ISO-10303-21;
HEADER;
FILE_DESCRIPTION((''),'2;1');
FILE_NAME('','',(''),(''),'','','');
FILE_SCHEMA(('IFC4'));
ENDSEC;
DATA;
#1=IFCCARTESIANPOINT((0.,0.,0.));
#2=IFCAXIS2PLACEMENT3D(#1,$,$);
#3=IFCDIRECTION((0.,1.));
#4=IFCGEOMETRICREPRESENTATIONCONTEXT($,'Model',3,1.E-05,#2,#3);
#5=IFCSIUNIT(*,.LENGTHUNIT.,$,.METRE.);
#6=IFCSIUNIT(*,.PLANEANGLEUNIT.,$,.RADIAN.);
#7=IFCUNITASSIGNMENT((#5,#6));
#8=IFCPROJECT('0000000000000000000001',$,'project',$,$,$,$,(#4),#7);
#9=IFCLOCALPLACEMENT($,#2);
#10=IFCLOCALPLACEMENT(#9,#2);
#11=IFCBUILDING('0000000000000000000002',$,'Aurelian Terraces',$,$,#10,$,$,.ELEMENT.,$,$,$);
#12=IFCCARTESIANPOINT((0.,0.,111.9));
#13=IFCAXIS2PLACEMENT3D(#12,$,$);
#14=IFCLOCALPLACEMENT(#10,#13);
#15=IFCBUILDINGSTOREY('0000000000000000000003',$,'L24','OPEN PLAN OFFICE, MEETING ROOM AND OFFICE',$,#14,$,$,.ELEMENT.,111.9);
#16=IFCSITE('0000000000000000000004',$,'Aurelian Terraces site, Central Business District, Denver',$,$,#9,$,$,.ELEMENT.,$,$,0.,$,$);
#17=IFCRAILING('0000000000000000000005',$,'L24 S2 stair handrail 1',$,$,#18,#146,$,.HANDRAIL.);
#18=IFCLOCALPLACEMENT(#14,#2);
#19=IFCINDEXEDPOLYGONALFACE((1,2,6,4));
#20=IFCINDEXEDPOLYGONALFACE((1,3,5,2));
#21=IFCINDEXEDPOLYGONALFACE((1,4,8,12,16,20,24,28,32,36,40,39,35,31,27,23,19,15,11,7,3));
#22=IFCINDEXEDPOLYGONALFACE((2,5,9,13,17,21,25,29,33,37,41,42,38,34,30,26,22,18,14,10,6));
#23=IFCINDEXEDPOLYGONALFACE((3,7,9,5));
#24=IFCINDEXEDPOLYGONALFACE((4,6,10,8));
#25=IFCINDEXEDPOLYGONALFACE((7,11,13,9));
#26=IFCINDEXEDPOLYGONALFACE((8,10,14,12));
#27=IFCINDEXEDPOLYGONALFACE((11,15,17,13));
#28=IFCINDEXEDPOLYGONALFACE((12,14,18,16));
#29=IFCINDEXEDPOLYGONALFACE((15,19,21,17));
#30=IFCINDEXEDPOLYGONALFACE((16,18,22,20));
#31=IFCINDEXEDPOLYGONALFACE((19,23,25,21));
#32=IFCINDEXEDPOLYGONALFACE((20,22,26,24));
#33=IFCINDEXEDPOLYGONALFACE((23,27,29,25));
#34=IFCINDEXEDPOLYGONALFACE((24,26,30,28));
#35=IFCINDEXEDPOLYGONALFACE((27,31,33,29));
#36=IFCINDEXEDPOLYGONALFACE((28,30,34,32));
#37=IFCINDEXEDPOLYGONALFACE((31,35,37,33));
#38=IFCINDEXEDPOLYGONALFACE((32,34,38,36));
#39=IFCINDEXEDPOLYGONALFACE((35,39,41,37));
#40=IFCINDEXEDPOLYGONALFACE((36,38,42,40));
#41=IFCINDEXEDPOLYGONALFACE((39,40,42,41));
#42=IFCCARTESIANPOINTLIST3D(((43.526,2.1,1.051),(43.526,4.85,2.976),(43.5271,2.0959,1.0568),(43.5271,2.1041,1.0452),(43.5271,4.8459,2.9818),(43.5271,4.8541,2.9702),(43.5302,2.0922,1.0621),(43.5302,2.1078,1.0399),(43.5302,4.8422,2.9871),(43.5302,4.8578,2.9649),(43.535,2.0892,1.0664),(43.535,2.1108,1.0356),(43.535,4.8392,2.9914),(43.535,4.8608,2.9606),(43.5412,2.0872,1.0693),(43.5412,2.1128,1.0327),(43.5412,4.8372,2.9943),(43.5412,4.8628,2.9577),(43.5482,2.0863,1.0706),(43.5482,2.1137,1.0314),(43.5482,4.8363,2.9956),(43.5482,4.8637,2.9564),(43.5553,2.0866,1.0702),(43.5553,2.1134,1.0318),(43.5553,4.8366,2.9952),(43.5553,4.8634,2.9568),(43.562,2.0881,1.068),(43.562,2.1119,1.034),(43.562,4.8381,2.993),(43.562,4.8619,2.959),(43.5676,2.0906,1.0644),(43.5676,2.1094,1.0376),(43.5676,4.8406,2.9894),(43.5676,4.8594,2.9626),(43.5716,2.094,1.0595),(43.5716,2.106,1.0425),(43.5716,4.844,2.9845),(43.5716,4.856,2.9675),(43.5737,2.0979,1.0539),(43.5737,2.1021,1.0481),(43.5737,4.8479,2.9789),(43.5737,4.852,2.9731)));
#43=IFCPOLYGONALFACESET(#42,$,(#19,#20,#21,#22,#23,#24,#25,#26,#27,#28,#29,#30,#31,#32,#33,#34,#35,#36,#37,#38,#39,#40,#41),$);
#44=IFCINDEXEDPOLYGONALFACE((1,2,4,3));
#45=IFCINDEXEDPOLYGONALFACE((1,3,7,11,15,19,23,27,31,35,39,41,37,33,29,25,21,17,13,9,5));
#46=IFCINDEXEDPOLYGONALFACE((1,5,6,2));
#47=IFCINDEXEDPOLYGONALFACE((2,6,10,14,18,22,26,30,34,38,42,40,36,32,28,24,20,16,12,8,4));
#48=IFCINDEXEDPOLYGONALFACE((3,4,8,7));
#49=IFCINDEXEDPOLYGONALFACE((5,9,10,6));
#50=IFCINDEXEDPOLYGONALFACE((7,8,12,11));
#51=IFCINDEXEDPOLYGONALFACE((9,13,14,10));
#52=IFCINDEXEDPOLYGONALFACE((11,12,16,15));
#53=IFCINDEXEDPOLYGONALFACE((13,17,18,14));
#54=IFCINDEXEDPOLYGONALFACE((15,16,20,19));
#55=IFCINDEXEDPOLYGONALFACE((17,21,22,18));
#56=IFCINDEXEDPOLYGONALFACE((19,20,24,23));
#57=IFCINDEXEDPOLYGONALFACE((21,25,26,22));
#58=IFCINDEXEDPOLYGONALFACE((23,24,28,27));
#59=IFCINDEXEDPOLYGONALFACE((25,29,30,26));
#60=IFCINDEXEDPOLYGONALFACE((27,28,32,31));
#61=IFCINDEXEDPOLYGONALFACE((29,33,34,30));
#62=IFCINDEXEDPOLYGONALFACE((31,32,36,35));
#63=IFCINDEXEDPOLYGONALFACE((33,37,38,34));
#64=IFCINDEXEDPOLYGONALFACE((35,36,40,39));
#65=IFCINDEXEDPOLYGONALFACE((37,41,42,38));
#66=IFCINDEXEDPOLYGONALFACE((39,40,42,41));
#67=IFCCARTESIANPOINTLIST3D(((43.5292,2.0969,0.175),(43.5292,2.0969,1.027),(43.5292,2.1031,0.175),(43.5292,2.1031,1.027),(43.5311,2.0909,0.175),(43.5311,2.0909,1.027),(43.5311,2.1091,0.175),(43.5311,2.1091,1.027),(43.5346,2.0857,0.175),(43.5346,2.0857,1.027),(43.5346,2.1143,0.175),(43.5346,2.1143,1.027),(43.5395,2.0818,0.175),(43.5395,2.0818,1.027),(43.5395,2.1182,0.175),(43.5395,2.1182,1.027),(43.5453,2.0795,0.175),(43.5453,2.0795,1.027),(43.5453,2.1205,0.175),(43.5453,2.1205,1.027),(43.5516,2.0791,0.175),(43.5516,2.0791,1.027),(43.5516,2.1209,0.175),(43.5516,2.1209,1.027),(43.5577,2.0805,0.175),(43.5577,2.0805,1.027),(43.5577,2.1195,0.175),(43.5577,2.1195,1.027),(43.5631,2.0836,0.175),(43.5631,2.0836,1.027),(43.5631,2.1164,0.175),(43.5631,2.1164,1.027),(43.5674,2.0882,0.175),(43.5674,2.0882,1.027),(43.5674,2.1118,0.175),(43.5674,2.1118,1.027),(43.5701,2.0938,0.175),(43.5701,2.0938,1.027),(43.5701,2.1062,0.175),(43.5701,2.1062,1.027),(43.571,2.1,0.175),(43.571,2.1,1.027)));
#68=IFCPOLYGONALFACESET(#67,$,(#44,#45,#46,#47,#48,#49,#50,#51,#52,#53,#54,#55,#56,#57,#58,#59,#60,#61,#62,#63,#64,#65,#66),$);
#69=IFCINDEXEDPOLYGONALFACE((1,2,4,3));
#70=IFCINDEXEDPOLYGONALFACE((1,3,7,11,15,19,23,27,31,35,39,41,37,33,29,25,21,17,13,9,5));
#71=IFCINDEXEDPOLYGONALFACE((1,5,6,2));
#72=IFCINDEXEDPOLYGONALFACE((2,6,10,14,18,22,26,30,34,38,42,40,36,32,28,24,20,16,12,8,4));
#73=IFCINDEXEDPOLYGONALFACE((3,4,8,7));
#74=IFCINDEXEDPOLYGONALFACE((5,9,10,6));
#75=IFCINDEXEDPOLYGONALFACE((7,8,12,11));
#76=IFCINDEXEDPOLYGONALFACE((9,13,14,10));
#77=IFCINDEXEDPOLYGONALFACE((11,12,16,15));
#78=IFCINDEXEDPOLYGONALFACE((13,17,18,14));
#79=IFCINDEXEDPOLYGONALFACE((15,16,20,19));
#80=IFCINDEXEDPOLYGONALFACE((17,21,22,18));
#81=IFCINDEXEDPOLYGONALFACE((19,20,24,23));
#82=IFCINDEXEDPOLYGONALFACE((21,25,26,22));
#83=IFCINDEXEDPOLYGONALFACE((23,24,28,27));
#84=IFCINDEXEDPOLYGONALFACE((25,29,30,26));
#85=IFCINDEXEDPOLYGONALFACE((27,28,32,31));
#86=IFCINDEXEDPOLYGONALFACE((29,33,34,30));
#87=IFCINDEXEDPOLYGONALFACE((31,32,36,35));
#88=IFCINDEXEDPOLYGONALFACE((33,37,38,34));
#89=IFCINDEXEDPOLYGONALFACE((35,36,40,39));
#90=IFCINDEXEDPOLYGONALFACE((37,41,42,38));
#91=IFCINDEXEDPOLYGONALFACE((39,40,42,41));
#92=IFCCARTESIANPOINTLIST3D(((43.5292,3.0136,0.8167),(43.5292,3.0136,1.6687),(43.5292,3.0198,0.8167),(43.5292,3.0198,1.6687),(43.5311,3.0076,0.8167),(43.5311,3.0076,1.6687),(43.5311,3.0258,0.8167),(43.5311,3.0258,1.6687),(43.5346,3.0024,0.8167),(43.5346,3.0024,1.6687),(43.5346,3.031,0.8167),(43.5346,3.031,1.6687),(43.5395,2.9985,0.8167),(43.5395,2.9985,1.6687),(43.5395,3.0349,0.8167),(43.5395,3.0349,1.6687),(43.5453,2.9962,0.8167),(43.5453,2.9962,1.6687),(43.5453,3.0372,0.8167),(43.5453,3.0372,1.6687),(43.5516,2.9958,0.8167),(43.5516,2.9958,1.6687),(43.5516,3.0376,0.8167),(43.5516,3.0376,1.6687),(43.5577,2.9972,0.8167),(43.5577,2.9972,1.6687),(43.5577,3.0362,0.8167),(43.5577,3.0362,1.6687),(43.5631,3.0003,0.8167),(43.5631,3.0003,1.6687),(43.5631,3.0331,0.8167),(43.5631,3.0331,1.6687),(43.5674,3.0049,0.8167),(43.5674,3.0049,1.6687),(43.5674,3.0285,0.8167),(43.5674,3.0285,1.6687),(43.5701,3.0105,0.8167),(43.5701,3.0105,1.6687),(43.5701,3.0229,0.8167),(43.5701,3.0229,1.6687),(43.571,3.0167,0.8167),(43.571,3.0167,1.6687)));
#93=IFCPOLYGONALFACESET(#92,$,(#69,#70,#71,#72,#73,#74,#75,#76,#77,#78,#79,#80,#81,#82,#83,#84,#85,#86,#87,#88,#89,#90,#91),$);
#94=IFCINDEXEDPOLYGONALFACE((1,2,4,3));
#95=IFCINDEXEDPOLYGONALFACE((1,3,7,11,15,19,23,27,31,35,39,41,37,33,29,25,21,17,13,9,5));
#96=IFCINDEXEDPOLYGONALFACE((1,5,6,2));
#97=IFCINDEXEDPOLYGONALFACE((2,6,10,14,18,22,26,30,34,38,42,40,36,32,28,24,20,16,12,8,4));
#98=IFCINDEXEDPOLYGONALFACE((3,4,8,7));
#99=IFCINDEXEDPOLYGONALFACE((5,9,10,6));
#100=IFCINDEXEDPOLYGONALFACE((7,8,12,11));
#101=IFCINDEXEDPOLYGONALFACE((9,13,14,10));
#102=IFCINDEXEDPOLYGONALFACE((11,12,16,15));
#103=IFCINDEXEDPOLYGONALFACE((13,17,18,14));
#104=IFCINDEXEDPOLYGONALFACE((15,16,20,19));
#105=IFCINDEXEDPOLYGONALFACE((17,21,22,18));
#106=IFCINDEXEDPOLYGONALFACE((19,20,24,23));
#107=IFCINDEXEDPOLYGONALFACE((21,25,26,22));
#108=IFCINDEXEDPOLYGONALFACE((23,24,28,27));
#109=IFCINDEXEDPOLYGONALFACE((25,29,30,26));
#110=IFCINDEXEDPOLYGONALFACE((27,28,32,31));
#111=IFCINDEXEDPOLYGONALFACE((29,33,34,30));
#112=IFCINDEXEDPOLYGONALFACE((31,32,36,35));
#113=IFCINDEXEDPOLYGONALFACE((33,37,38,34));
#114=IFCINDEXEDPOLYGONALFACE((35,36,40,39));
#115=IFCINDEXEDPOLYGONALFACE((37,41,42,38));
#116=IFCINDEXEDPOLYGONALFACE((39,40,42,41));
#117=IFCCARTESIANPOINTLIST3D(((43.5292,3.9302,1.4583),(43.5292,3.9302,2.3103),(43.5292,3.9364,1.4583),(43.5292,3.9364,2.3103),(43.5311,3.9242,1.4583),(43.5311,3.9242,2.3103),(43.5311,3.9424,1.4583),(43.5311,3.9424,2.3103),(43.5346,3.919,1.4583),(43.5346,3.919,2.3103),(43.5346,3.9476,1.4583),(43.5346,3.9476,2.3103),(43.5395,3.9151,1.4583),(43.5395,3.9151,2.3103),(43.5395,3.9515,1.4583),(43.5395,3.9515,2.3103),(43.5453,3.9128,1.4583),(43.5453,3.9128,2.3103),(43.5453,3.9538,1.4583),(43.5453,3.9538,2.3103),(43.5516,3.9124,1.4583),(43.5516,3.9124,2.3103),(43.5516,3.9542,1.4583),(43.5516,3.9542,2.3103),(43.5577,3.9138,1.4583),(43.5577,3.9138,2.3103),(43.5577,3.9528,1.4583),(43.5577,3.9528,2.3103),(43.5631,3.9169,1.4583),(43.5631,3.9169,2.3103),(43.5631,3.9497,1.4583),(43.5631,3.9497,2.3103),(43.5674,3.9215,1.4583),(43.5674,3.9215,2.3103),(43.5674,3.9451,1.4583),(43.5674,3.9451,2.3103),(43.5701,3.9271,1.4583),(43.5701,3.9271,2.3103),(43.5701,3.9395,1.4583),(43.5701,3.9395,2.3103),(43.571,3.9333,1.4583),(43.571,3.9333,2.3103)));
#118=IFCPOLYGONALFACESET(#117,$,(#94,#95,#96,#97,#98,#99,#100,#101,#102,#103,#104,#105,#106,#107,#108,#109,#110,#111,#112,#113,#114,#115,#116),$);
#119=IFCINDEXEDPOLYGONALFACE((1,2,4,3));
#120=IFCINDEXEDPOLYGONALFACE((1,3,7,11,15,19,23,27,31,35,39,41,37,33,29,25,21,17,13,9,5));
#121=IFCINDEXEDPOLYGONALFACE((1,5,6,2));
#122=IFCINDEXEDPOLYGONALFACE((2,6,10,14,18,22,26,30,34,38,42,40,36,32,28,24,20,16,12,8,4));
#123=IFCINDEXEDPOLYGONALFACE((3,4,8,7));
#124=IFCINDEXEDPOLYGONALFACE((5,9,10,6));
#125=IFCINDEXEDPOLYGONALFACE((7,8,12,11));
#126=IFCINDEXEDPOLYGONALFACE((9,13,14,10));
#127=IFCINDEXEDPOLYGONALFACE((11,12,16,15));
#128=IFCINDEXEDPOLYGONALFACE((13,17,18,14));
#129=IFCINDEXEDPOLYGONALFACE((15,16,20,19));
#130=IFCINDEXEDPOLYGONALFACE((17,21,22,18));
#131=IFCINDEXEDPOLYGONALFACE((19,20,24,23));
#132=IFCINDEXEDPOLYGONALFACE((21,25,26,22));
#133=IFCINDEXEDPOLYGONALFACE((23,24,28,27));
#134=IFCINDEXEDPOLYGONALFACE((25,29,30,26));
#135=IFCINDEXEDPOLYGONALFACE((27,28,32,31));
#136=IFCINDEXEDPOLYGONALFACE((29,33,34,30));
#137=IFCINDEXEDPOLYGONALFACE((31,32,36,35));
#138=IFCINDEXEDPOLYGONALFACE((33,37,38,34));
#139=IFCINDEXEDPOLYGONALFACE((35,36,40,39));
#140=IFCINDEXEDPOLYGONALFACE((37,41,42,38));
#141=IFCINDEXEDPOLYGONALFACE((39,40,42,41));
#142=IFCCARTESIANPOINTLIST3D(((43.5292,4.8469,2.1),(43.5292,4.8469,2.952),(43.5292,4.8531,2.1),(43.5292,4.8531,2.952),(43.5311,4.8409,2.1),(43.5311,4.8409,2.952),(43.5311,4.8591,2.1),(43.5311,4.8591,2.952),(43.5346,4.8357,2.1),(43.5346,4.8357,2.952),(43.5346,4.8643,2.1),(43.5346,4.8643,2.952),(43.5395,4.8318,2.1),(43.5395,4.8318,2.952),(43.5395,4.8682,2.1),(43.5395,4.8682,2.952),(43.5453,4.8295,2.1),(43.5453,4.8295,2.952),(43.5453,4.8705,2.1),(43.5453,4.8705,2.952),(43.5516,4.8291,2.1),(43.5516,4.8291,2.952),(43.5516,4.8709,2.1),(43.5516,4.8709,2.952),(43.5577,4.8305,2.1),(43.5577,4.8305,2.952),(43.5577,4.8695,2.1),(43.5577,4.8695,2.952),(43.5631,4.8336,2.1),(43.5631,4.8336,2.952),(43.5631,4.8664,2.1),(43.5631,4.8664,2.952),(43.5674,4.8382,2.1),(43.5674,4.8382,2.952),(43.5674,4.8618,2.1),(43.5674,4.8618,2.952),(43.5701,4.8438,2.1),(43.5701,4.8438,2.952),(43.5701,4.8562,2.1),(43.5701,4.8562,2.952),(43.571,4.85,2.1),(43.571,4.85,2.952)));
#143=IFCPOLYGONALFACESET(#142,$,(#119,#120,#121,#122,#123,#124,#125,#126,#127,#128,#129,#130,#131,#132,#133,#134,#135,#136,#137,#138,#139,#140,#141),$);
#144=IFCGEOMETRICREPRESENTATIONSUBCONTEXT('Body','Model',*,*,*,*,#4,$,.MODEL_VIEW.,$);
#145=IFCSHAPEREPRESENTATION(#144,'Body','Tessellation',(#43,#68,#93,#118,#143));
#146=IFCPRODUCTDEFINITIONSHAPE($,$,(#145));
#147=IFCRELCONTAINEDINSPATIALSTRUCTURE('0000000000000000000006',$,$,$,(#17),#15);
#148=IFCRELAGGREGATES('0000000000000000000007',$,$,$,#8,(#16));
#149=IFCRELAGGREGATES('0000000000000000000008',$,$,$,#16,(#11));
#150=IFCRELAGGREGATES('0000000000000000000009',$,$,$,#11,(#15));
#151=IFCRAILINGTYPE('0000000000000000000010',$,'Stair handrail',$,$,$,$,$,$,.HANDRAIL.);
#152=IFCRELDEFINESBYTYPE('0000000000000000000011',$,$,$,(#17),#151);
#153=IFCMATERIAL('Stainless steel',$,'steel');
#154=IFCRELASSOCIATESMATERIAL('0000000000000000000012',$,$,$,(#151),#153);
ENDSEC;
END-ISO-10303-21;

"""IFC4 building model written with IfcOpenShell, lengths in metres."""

from ifc_helpers import new_model, si_unit, direction, frame, origin, origin_2d, place, context, subcontext, project, spatial, circle, extrude, source, transform, mapped, material, type_object, element, save


model = new_model("IFC4")

# Units and contexts
model_context = context("Model", 3, precision=1e-05, world=origin(), true_north=direction((0.0, 1.0)))
body_context = subcontext(model_context, "Body", "Model", "MODEL_VIEW")
ifc_project = project(units=[si_unit("LENGTHUNIT", "METRE"), si_unit("PLANEANGLEUNIT", "RADIAN")], contexts=[model_context])

# Site, building, storey
site_placement = place(None, origin())
site = spatial("IfcSite", under=ifc_project, at=site_placement, Name="Aurelian Terraces site, Central Business District, Denver", CompositionType="ELEMENT", RefElevation=0.0)
building_placement = place(site_placement, origin())
building = spatial("IfcBuilding", under=site, at=building_placement, Name="Aurelian Terraces", CompositionType="ELEMENT")
storey_placement = place(building_placement, frame((0.0, 0.0, 111.9)))
storey = spatial("IfcBuildingStorey", under=building, at=storey_placement, Name="L24", Description="OPEN PLAN OFFICE, MEETING ROOM AND OFFICE", CompositionType="ELEMENT", Elevation=111.9)

# Railing
ifc_material_1 = material(Name="Stainless steel", Category="steel")
railing_type_1 = type_object("IfcRailingType", Name="Stair handrail", PredefinedType="HANDRAIL", material=ifc_material_1)
shared_shape_1 = source(origin(), body_context, "Body", "SweptSolid", [
    extrude(circle(Radius=0.024, at=origin_2d()), frame((0.0, 0.0, 0.876), z_axis=(0.0, 0.819232, 0.573462), x_axis=(-1.0, 0.0, 0.0)), (0.0, 0.0, 1.0), 3.3568),
    extrude(circle(Radius=0.021, at=origin_2d()), origin(), (0.0, 0.0, 1.0), 0.852),
    extrude(circle(Radius=0.021, at=origin_2d()), frame((0.0, 0.9167, 0.6417)), (0.0, 0.0, 1.0), 0.852),
    extrude(circle(Radius=0.021, at=origin_2d()), frame((0.0, 1.8333, 1.2833)), (0.0, 0.0, 1.0), 0.852),
    extrude(circle(Radius=0.021, at=origin_2d()), frame((0.0, 2.75, 1.925)), (0.0, 0.0, 1.0), 0.852),
])
railing_1_placement = place(storey_placement, frame((43.55, 2.1, 0.175)))
element("IfcRailing", 1, at=railing_1_placement, inside=storey, type_object=railing_type_1, Name="L24 S2 stair handrail 1", PredefinedType="HANDRAIL", context=body_context, shape_type="MappedRepresentation", body=[
    mapped(shared_shape_1, transform((0.0, 0.0, 0.0), scale=1.0)),
])

save(model, "model.ifc")
